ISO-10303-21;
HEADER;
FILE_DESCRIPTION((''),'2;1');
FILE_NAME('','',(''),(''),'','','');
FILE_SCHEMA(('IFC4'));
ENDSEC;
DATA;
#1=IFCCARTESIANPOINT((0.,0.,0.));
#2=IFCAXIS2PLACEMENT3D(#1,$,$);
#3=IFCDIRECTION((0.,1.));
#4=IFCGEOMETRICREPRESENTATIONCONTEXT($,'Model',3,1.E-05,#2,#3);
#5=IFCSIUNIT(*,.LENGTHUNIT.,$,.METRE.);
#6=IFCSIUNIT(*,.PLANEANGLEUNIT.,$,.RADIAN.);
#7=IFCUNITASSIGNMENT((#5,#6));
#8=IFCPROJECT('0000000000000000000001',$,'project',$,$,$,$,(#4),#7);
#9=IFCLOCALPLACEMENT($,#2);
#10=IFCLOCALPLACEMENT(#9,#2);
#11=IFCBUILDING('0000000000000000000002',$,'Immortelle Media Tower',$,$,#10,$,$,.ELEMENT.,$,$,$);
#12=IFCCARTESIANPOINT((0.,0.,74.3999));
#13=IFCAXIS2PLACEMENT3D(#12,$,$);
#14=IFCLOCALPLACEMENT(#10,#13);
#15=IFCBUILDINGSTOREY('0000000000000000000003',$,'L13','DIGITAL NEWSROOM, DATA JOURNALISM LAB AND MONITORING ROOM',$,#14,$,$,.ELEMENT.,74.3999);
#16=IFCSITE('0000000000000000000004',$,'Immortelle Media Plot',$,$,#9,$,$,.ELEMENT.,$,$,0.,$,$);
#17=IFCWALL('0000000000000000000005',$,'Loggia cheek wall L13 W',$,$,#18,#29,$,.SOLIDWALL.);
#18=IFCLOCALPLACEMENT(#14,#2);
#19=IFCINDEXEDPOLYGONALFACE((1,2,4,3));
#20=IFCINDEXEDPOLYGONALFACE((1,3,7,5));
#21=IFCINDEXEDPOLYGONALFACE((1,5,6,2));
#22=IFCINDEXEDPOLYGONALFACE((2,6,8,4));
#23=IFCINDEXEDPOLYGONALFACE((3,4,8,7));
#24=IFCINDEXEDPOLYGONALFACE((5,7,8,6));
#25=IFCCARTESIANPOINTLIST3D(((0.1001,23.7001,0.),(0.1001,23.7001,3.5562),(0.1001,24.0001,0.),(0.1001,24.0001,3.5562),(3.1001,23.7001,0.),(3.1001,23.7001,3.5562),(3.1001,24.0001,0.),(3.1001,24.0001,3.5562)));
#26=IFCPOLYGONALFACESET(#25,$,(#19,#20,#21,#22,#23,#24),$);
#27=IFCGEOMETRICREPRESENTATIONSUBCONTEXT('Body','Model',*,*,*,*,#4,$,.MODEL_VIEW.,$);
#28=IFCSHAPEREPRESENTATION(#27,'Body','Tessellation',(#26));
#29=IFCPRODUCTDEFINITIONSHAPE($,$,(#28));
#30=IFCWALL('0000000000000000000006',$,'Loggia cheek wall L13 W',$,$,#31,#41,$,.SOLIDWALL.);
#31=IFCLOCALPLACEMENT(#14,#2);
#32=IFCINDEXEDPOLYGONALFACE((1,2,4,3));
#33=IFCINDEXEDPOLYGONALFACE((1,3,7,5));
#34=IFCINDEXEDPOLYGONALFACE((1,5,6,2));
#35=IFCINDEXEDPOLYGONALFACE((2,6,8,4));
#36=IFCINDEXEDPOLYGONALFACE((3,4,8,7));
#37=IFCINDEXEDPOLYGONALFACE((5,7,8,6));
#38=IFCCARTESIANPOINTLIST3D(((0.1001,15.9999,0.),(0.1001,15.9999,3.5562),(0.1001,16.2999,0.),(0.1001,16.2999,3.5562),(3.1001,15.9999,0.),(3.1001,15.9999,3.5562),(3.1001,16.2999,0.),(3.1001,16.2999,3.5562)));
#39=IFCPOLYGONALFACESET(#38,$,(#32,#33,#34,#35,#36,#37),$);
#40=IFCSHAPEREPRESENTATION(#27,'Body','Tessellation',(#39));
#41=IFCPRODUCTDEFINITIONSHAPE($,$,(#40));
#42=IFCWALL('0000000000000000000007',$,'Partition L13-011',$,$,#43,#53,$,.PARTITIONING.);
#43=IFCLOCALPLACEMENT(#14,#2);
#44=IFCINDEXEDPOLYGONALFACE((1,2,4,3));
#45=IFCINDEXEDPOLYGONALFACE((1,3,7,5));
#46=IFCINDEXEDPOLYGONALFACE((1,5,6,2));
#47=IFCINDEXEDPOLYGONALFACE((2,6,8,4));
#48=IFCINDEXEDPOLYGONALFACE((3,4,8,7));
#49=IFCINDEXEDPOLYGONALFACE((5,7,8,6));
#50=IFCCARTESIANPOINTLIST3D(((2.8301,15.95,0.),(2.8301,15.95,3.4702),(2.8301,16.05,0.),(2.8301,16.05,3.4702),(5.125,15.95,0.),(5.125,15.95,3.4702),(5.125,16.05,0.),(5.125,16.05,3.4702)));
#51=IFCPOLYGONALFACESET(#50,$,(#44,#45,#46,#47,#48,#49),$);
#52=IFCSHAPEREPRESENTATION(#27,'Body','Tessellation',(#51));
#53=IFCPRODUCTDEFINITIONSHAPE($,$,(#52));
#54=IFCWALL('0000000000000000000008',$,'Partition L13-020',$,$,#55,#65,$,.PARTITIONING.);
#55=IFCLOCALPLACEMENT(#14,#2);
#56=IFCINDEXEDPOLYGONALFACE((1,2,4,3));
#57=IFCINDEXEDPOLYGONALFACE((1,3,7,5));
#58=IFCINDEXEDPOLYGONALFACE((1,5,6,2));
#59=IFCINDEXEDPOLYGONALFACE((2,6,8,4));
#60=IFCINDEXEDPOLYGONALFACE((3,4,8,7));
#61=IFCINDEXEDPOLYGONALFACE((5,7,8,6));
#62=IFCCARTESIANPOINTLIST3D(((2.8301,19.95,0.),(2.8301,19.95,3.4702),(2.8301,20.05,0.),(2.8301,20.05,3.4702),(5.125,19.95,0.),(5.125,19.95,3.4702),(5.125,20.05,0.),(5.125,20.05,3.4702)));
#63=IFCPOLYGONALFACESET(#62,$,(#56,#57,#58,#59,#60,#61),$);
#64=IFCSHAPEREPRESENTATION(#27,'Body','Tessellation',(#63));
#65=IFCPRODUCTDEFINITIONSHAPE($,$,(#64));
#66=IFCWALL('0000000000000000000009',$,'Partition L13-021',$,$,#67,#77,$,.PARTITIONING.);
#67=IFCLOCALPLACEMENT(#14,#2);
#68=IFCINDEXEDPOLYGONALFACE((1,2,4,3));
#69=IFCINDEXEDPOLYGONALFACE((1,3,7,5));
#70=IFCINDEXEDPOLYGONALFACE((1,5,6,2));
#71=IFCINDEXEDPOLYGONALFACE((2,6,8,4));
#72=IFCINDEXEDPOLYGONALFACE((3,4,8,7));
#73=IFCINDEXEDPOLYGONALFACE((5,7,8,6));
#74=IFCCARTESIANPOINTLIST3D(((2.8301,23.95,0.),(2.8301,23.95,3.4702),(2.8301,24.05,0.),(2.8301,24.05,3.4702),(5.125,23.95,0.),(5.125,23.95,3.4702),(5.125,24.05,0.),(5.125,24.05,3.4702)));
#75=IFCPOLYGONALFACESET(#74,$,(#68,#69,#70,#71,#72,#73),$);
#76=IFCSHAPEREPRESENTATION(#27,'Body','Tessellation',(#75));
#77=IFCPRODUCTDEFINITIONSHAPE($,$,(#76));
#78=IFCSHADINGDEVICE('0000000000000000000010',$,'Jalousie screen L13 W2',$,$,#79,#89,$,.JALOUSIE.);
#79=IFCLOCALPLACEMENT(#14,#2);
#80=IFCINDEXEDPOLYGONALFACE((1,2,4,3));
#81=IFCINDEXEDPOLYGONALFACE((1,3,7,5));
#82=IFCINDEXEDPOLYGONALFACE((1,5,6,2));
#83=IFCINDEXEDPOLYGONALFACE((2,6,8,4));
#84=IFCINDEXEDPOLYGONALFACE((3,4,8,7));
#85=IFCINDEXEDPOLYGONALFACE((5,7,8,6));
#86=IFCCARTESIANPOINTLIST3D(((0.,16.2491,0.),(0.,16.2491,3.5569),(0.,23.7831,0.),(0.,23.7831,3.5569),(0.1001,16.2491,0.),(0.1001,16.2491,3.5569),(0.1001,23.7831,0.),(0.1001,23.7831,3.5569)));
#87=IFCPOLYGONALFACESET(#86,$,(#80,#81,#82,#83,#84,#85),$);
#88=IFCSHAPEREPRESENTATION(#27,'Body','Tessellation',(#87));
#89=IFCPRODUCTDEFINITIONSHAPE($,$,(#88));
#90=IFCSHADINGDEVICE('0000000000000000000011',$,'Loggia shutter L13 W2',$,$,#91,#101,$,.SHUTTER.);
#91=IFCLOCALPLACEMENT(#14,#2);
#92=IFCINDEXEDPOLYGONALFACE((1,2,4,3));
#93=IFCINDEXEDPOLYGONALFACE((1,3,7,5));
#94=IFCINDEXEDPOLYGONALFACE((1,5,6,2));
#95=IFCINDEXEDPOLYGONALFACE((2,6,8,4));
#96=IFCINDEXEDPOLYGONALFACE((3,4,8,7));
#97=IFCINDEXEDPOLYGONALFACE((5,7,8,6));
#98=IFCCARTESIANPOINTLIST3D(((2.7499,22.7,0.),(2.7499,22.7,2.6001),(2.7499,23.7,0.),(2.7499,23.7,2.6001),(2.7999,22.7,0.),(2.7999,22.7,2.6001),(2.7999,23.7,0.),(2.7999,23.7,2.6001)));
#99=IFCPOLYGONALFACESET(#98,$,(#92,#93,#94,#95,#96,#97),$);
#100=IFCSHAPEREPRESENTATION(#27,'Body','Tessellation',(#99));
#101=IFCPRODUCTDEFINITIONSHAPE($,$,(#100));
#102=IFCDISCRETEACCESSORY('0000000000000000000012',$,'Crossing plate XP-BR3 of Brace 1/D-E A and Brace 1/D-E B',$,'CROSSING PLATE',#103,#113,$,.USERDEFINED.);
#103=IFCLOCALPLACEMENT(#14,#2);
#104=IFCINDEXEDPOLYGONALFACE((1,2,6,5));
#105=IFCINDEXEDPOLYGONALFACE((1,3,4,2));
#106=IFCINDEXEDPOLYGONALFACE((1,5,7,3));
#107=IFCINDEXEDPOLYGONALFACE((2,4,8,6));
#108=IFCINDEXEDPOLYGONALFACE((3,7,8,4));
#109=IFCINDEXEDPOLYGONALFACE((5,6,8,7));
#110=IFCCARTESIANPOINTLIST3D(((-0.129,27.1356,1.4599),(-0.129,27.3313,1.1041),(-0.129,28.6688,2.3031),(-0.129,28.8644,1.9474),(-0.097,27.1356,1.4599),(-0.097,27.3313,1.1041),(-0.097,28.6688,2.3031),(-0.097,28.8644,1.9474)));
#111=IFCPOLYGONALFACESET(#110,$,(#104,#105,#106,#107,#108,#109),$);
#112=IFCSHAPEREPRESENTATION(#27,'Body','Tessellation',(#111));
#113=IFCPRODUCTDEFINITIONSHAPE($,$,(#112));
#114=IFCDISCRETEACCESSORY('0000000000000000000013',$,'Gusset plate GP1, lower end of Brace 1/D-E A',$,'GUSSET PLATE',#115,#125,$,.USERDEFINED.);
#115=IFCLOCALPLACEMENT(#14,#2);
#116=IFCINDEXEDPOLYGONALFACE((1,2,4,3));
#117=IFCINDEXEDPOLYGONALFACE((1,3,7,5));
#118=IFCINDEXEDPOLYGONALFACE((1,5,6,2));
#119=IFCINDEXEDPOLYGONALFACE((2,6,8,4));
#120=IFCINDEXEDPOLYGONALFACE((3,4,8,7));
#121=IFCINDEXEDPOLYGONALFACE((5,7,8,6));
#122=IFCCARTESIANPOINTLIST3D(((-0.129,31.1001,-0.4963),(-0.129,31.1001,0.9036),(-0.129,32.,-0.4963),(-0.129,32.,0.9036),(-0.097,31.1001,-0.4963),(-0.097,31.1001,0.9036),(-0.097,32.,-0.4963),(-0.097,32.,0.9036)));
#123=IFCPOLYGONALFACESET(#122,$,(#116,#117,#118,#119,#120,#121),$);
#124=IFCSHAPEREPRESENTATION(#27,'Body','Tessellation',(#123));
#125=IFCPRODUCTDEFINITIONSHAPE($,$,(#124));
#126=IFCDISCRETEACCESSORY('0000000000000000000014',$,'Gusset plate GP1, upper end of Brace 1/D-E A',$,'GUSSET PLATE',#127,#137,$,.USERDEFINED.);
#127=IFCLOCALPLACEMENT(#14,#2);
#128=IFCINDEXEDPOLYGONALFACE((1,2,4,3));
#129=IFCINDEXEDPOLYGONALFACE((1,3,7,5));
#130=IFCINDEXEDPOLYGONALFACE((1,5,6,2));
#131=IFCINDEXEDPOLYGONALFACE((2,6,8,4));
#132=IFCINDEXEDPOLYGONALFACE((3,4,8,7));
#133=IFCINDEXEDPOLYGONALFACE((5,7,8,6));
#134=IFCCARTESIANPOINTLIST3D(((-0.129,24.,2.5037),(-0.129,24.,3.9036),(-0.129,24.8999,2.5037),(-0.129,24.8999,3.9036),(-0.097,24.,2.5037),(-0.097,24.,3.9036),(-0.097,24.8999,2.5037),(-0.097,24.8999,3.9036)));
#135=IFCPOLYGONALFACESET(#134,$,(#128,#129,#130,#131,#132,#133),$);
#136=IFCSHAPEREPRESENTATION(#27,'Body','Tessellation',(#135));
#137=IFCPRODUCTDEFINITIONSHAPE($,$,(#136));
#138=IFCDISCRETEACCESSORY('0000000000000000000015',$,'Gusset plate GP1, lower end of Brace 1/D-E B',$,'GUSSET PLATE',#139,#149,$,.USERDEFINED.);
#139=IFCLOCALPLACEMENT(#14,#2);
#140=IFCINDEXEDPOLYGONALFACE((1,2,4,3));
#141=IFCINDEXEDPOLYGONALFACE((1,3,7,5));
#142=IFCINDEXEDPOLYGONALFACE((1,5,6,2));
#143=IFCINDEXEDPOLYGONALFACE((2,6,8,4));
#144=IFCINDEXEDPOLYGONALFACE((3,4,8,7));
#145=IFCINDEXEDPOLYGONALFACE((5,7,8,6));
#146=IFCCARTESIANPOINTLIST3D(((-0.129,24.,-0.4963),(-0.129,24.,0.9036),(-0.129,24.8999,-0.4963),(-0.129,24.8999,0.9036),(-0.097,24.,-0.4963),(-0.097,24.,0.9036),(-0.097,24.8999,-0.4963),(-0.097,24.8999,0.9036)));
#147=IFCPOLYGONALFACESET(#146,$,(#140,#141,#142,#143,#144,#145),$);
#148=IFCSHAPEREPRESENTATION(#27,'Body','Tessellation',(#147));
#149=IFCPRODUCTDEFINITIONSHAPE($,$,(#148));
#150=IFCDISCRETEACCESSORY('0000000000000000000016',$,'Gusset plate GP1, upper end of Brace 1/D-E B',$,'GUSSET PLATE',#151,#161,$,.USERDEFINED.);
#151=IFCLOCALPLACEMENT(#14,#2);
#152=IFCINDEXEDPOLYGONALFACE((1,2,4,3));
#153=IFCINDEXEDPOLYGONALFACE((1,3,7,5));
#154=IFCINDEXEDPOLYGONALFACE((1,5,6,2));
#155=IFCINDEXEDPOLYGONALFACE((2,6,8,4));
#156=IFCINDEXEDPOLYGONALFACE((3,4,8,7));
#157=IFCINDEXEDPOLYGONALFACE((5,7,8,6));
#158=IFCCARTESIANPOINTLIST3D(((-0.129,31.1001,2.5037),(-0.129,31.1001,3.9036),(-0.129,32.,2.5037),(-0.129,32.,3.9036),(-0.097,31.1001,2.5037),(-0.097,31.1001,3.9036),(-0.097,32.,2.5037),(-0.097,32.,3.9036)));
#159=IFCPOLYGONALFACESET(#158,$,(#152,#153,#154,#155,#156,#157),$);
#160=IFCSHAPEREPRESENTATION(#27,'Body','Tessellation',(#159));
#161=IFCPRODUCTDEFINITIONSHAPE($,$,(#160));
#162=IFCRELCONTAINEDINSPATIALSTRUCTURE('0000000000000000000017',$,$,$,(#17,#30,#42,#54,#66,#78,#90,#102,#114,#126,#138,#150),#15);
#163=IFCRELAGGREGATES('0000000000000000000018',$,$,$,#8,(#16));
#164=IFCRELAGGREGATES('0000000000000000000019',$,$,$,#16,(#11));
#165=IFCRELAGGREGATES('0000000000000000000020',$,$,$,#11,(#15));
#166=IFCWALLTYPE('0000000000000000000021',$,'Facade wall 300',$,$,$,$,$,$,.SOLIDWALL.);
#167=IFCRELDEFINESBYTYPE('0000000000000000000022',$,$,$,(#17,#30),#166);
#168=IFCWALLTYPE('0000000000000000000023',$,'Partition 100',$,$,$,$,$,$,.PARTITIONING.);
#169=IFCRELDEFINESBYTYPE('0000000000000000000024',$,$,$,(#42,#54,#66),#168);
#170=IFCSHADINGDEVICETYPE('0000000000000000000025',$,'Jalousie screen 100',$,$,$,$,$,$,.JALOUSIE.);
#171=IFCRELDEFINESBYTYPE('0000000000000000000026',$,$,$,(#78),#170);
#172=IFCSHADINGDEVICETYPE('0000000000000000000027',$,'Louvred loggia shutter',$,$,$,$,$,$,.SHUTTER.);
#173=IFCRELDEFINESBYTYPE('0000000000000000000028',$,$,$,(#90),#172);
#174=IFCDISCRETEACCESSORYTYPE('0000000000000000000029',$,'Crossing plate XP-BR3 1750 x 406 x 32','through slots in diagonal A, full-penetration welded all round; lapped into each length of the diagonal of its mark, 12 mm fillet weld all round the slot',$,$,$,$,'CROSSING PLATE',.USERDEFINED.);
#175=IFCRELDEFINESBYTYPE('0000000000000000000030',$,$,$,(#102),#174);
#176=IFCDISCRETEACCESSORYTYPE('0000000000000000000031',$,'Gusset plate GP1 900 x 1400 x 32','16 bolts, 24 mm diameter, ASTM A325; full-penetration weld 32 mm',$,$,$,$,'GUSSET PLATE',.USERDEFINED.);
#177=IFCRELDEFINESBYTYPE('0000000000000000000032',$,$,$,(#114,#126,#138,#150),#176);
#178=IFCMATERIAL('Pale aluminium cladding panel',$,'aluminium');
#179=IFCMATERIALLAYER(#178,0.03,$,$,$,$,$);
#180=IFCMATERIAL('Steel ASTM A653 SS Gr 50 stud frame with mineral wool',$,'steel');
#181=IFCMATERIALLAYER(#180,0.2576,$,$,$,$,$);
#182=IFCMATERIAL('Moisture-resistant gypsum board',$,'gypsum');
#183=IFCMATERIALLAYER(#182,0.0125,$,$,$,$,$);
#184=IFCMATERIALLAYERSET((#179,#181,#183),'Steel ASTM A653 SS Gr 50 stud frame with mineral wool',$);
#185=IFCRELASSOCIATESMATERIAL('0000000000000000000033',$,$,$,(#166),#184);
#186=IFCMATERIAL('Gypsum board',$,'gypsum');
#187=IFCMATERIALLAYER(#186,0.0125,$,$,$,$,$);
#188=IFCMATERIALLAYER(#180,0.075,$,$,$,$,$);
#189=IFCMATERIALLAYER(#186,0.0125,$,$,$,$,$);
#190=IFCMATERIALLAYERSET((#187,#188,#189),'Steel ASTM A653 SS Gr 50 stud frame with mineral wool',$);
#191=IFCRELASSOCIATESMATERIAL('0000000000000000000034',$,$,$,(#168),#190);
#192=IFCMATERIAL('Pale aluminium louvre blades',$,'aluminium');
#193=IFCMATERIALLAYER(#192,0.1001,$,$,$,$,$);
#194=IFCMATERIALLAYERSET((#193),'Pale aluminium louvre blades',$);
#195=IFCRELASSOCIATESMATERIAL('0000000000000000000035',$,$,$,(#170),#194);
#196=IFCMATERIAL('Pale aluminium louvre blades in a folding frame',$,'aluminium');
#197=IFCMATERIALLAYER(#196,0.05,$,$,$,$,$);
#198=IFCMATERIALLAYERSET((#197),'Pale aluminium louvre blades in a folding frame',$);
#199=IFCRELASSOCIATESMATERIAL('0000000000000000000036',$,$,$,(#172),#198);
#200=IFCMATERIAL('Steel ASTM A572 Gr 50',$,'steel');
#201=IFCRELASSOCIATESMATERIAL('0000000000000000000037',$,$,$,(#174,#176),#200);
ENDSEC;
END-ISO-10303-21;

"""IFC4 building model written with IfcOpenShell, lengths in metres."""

from ifc_helpers import new_model, si_unit, direction, frame, frame_2d, origin, origin_2d, place, context, subcontext, project, spatial, rectangle, extrude, material, layer, layer_set, material_profile, profile_set, type_object, element, save


model = new_model("IFC4")

# Units and contexts
model_context = context("Model", 3, precision=1e-05, world=origin(), true_north=direction((0.0, 1.0)))
body_context = subcontext(model_context, "Body", "Model", "MODEL_VIEW")
ifc_project = project(units=[si_unit("LENGTHUNIT", "METRE"), si_unit("PLANEANGLEUNIT", "RADIAN")], contexts=[model_context])

# Site, building, storey
site_placement = place(None, origin())
site = spatial("IfcSite", under=ifc_project, at=site_placement, Name="Immortelle Media Plot", CompositionType="ELEMENT", RefElevation=0.0)
building_placement = place(site_placement, origin())
building = spatial("IfcBuilding", under=site, at=building_placement, Name="Immortelle Media Tower", CompositionType="ELEMENT")
storey_placement = place(building_placement, frame((0.0, 0.0, 74.3999)))
storey = spatial("IfcBuildingStorey", under=building, at=storey_placement, Name="L13", Description="DIGITAL NEWSROOM, DATA JOURNALISM LAB AND MONITORING ROOM", CompositionType="ELEMENT", Elevation=74.3999)

# Shared definitions
ifc_material_1 = material(Name="Steel ASTM A653 SS Gr 50 stud frame with mineral wool", Category="steel")

# Shared definitions
ifc_material_2 = material(Name="Pale aluminium cladding panel", Category="aluminium")
ifc_layer_1 = layer(ifc_material_2, 0.03)
ifc_layer_2 = layer(ifc_material_1, 0.2576)
ifc_material_3 = material(Name="Moisture-resistant gypsum board", Category="gypsum")
ifc_layer_3 = layer(ifc_material_3, 0.0125)
ifc_layer_set_1 = layer_set([ifc_layer_1, ifc_layer_2, ifc_layer_3], Name="Steel ASTM A653 SS Gr 50 stud frame with mineral wool")
wall_type_1 = type_object("IfcWallType", Name="Facade wall 300", PredefinedType="SOLIDWALL", material=ifc_layer_set_1)

# Walls
for number, where, z_axis, x_axis, name in (
    (1, (0.1001, 23.8501, 0.0), (0.0, 0.0, 1.0), (1.0, 0.0, 0.0), "Loggia cheek wall L13 W"),
    (2, (0.1001, 16.1499, 0.0), (0.0, 0.0, 1.0), (1.0, 0.0, 0.0), "Loggia cheek wall L13 W"),
):
    element("IfcWall", number, at=place(storey_placement, frame(where, z_axis=z_axis, x_axis=x_axis)), inside=storey, type_object=wall_type_1, Name=name, PredefinedType="SOLIDWALL", context=body_context, shape_type="SweptSolid", body=[
        extrude(rectangle(XDim=3.0, YDim=0.3, at=frame_2d((1.5, 0.0))), origin(), (0.0, 0.0, 1.0), 3.5562),
    ])
ifc_material_4 = material(Name="Gypsum board", Category="gypsum")
ifc_layer_4 = layer(ifc_material_4, 0.0125)
ifc_layer_5 = layer(ifc_material_1, 0.075)
ifc_layer_6 = layer(ifc_material_4, 0.0125)
ifc_layer_set_2 = layer_set([ifc_layer_4, ifc_layer_5, ifc_layer_6], Name="Steel ASTM A653 SS Gr 50 stud frame with mineral wool")
wall_type_2 = type_object("IfcWallType", Name="Partition 100", PredefinedType="PARTITIONING", material=ifc_layer_set_2)
for number, where, z_axis, x_axis, name in (
    (3, (2.8301, 16.0, 0.0), (0.0, 0.0, 1.0), (1.0, 0.0, 0.0), "Partition L13-011"),
    (4, (2.8301, 20.0, 0.0), (0.0, 0.0, 1.0), (1.0, 0.0, 0.0), "Partition L13-020"),
    (5, (2.8301, 24.0, 0.0), (0.0, 0.0, 1.0), (1.0, 0.0, 0.0), "Partition L13-021"),
):
    element("IfcWall", number, at=place(storey_placement, frame(where, z_axis=z_axis, x_axis=x_axis)), inside=storey, type_object=wall_type_2, Name=name, PredefinedType="PARTITIONING", context=body_context, shape_type="SweptSolid", body=[
        extrude(rectangle(XDim=2.2949, YDim=0.1001, at=frame_2d((1.1475, 0.0))), origin(), (0.0, 0.0, 1.0), 3.4702),
    ])

# Shading devices
ifc_material_5 = material(Name="Pale aluminium louvre blades", Category="aluminium")
ifc_layer_7 = layer(ifc_material_5, 0.1001)
ifc_layer_set_3 = layer_set([ifc_layer_7], Name="Pale aluminium louvre blades")
shading_device_type_1 = type_object("IfcShadingDeviceType", Name="Jalousie screen 100", PredefinedType="JALOUSIE", material=ifc_layer_set_3)
shading_device_1_placement = place(storey_placement, frame((0.05, 20.0161, 0.0), z_axis=(0.0, 0.0, 1.0), x_axis=(0.0, -1.0, 0.0)))
element("IfcShadingDevice", 6, at=shading_device_1_placement, inside=storey, type_object=shading_device_type_1, Name="Jalousie screen L13 W2", PredefinedType="JALOUSIE", context=body_context, shape_type="SweptSolid", body=[
    extrude(rectangle(XDim=7.5339, YDim=0.1001, at=origin_2d()), origin(), (0.0, 0.0, 1.0), 3.5569),
])
ifc_material_6 = material(Name="Pale aluminium louvre blades in a folding frame", Category="aluminium")
ifc_layer_8 = layer(ifc_material_6, 0.05)
ifc_layer_set_4 = layer_set([ifc_layer_8], Name="Pale aluminium louvre blades in a folding frame")
shading_device_type_2 = type_object("IfcShadingDeviceType", Name="Louvred loggia shutter", PredefinedType="SHUTTER", material=ifc_layer_set_4)
shading_device_2_placement = place(storey_placement, frame((2.7749, 23.2, 0.0), z_axis=(0.0, 0.0, 1.0), x_axis=(0.0, -1.0, 0.0)))
element("IfcShadingDevice", 7, at=shading_device_2_placement, inside=storey, type_object=shading_device_type_2, Name="Loggia shutter L13 W2", PredefinedType="SHUTTER", context=body_context, shape_type="SweptSolid", body=[
    extrude(rectangle(XDim=1.0, YDim=0.05, at=origin_2d()), origin(), (0.0, 0.0, 1.0), 2.6001),
])

# Discrete accessories
ifc_material_7 = material(Name="Steel ASTM A572 Gr 50", Category="steel")
ifc_material_profile_1 = material_profile(ifc_material_7, rectangle(XDim=0.032, YDim=0.406, at=origin_2d()), Name="PL 32 x 406")
ifc_profile_set_1 = profile_set([ifc_material_profile_1], Name="Steel ASTM A572 Gr 50")
discrete_accessory_type_1 = type_object("IfcDiscreteAccessoryType", Name="Crossing plate XP-BR3 1750 x 406 x 32", Description="through slots in diagonal A, full-penetration welded all round; lapped into each length of the diagonal of its mark, 12 mm fillet weld all round the slot", ElementType="CROSSING PLATE", PredefinedType="USERDEFINED", material=ifc_profile_set_1)
discrete_accessory_placement = place(storey_placement, frame((-0.113, 28.7666, 2.1252), z_axis=(0.0, -0.876216, -0.481919), x_axis=(1.0, 0.0, 0.0)))
element("IfcDiscreteAccessory", 8, at=discrete_accessory_placement, inside=storey, type_object=discrete_accessory_type_1, Name="Crossing plate XP-BR3 of Brace 1/D-E A and Brace 1/D-E B", ObjectType="CROSSING PLATE", PredefinedType="USERDEFINED", context=body_context, shape_type="SweptSolid", body=[
    extrude(rectangle(XDim=0.032, YDim=0.406, at=origin_2d()), origin(), (0.0, 0.0, 1.0), 1.7498),
])
ifc_material_profile_2 = material_profile(ifc_material_7, rectangle(XDim=0.032, YDim=1.3999, at=origin_2d()), Name="PL 32 x 1400")
ifc_profile_set_2 = profile_set([ifc_material_profile_2], Name="Steel ASTM A572 Gr 50")
discrete_accessory_type_2 = type_object("IfcDiscreteAccessoryType", Name="Gusset plate GP1 900 x 1400 x 32", Description="16 bolts, 24 mm diameter, ASTM A325; full-penetration weld 32 mm", ElementType="GUSSET PLATE", PredefinedType="USERDEFINED", material=ifc_profile_set_2)
for number, where, z_axis, x_axis, name in (
    (9, (-0.113, 32.0, 0.2036), (0.0, -1.0, 0.0), (1.0, 0.0, 0.0), "Gusset plate GP1, lower end of Brace 1/D-E A"),
    (10, (-0.113, 24.0, 3.2036), (0.0, 1.0, 0.0), (-1.0, 0.0, 0.0), "Gusset plate GP1, upper end of Brace 1/D-E A"),
    (11, (-0.113, 24.0, 0.2036), (0.0, 1.0, 0.0), (-1.0, 0.0, 0.0), "Gusset plate GP1, lower end of Brace 1/D-E B"),
    (12, (-0.113, 32.0, 3.2036), (0.0, -1.0, 0.0), (1.0, 0.0, 0.0), "Gusset plate GP1, upper end of Brace 1/D-E B"),
):
    element("IfcDiscreteAccessory", number, at=place(storey_placement, frame(where, z_axis=z_axis, x_axis=x_axis)), inside=storey, type_object=discrete_accessory_type_2, Name=name, ObjectType="GUSSET PLATE", PredefinedType="USERDEFINED", context=body_context, shape_type="SweptSolid", body=[
        extrude(rectangle(XDim=0.032, YDim=1.3999, at=origin_2d()), origin(), (0.0, 0.0, 1.0), 0.8999),
    ])

save(model, "model.ifc")
